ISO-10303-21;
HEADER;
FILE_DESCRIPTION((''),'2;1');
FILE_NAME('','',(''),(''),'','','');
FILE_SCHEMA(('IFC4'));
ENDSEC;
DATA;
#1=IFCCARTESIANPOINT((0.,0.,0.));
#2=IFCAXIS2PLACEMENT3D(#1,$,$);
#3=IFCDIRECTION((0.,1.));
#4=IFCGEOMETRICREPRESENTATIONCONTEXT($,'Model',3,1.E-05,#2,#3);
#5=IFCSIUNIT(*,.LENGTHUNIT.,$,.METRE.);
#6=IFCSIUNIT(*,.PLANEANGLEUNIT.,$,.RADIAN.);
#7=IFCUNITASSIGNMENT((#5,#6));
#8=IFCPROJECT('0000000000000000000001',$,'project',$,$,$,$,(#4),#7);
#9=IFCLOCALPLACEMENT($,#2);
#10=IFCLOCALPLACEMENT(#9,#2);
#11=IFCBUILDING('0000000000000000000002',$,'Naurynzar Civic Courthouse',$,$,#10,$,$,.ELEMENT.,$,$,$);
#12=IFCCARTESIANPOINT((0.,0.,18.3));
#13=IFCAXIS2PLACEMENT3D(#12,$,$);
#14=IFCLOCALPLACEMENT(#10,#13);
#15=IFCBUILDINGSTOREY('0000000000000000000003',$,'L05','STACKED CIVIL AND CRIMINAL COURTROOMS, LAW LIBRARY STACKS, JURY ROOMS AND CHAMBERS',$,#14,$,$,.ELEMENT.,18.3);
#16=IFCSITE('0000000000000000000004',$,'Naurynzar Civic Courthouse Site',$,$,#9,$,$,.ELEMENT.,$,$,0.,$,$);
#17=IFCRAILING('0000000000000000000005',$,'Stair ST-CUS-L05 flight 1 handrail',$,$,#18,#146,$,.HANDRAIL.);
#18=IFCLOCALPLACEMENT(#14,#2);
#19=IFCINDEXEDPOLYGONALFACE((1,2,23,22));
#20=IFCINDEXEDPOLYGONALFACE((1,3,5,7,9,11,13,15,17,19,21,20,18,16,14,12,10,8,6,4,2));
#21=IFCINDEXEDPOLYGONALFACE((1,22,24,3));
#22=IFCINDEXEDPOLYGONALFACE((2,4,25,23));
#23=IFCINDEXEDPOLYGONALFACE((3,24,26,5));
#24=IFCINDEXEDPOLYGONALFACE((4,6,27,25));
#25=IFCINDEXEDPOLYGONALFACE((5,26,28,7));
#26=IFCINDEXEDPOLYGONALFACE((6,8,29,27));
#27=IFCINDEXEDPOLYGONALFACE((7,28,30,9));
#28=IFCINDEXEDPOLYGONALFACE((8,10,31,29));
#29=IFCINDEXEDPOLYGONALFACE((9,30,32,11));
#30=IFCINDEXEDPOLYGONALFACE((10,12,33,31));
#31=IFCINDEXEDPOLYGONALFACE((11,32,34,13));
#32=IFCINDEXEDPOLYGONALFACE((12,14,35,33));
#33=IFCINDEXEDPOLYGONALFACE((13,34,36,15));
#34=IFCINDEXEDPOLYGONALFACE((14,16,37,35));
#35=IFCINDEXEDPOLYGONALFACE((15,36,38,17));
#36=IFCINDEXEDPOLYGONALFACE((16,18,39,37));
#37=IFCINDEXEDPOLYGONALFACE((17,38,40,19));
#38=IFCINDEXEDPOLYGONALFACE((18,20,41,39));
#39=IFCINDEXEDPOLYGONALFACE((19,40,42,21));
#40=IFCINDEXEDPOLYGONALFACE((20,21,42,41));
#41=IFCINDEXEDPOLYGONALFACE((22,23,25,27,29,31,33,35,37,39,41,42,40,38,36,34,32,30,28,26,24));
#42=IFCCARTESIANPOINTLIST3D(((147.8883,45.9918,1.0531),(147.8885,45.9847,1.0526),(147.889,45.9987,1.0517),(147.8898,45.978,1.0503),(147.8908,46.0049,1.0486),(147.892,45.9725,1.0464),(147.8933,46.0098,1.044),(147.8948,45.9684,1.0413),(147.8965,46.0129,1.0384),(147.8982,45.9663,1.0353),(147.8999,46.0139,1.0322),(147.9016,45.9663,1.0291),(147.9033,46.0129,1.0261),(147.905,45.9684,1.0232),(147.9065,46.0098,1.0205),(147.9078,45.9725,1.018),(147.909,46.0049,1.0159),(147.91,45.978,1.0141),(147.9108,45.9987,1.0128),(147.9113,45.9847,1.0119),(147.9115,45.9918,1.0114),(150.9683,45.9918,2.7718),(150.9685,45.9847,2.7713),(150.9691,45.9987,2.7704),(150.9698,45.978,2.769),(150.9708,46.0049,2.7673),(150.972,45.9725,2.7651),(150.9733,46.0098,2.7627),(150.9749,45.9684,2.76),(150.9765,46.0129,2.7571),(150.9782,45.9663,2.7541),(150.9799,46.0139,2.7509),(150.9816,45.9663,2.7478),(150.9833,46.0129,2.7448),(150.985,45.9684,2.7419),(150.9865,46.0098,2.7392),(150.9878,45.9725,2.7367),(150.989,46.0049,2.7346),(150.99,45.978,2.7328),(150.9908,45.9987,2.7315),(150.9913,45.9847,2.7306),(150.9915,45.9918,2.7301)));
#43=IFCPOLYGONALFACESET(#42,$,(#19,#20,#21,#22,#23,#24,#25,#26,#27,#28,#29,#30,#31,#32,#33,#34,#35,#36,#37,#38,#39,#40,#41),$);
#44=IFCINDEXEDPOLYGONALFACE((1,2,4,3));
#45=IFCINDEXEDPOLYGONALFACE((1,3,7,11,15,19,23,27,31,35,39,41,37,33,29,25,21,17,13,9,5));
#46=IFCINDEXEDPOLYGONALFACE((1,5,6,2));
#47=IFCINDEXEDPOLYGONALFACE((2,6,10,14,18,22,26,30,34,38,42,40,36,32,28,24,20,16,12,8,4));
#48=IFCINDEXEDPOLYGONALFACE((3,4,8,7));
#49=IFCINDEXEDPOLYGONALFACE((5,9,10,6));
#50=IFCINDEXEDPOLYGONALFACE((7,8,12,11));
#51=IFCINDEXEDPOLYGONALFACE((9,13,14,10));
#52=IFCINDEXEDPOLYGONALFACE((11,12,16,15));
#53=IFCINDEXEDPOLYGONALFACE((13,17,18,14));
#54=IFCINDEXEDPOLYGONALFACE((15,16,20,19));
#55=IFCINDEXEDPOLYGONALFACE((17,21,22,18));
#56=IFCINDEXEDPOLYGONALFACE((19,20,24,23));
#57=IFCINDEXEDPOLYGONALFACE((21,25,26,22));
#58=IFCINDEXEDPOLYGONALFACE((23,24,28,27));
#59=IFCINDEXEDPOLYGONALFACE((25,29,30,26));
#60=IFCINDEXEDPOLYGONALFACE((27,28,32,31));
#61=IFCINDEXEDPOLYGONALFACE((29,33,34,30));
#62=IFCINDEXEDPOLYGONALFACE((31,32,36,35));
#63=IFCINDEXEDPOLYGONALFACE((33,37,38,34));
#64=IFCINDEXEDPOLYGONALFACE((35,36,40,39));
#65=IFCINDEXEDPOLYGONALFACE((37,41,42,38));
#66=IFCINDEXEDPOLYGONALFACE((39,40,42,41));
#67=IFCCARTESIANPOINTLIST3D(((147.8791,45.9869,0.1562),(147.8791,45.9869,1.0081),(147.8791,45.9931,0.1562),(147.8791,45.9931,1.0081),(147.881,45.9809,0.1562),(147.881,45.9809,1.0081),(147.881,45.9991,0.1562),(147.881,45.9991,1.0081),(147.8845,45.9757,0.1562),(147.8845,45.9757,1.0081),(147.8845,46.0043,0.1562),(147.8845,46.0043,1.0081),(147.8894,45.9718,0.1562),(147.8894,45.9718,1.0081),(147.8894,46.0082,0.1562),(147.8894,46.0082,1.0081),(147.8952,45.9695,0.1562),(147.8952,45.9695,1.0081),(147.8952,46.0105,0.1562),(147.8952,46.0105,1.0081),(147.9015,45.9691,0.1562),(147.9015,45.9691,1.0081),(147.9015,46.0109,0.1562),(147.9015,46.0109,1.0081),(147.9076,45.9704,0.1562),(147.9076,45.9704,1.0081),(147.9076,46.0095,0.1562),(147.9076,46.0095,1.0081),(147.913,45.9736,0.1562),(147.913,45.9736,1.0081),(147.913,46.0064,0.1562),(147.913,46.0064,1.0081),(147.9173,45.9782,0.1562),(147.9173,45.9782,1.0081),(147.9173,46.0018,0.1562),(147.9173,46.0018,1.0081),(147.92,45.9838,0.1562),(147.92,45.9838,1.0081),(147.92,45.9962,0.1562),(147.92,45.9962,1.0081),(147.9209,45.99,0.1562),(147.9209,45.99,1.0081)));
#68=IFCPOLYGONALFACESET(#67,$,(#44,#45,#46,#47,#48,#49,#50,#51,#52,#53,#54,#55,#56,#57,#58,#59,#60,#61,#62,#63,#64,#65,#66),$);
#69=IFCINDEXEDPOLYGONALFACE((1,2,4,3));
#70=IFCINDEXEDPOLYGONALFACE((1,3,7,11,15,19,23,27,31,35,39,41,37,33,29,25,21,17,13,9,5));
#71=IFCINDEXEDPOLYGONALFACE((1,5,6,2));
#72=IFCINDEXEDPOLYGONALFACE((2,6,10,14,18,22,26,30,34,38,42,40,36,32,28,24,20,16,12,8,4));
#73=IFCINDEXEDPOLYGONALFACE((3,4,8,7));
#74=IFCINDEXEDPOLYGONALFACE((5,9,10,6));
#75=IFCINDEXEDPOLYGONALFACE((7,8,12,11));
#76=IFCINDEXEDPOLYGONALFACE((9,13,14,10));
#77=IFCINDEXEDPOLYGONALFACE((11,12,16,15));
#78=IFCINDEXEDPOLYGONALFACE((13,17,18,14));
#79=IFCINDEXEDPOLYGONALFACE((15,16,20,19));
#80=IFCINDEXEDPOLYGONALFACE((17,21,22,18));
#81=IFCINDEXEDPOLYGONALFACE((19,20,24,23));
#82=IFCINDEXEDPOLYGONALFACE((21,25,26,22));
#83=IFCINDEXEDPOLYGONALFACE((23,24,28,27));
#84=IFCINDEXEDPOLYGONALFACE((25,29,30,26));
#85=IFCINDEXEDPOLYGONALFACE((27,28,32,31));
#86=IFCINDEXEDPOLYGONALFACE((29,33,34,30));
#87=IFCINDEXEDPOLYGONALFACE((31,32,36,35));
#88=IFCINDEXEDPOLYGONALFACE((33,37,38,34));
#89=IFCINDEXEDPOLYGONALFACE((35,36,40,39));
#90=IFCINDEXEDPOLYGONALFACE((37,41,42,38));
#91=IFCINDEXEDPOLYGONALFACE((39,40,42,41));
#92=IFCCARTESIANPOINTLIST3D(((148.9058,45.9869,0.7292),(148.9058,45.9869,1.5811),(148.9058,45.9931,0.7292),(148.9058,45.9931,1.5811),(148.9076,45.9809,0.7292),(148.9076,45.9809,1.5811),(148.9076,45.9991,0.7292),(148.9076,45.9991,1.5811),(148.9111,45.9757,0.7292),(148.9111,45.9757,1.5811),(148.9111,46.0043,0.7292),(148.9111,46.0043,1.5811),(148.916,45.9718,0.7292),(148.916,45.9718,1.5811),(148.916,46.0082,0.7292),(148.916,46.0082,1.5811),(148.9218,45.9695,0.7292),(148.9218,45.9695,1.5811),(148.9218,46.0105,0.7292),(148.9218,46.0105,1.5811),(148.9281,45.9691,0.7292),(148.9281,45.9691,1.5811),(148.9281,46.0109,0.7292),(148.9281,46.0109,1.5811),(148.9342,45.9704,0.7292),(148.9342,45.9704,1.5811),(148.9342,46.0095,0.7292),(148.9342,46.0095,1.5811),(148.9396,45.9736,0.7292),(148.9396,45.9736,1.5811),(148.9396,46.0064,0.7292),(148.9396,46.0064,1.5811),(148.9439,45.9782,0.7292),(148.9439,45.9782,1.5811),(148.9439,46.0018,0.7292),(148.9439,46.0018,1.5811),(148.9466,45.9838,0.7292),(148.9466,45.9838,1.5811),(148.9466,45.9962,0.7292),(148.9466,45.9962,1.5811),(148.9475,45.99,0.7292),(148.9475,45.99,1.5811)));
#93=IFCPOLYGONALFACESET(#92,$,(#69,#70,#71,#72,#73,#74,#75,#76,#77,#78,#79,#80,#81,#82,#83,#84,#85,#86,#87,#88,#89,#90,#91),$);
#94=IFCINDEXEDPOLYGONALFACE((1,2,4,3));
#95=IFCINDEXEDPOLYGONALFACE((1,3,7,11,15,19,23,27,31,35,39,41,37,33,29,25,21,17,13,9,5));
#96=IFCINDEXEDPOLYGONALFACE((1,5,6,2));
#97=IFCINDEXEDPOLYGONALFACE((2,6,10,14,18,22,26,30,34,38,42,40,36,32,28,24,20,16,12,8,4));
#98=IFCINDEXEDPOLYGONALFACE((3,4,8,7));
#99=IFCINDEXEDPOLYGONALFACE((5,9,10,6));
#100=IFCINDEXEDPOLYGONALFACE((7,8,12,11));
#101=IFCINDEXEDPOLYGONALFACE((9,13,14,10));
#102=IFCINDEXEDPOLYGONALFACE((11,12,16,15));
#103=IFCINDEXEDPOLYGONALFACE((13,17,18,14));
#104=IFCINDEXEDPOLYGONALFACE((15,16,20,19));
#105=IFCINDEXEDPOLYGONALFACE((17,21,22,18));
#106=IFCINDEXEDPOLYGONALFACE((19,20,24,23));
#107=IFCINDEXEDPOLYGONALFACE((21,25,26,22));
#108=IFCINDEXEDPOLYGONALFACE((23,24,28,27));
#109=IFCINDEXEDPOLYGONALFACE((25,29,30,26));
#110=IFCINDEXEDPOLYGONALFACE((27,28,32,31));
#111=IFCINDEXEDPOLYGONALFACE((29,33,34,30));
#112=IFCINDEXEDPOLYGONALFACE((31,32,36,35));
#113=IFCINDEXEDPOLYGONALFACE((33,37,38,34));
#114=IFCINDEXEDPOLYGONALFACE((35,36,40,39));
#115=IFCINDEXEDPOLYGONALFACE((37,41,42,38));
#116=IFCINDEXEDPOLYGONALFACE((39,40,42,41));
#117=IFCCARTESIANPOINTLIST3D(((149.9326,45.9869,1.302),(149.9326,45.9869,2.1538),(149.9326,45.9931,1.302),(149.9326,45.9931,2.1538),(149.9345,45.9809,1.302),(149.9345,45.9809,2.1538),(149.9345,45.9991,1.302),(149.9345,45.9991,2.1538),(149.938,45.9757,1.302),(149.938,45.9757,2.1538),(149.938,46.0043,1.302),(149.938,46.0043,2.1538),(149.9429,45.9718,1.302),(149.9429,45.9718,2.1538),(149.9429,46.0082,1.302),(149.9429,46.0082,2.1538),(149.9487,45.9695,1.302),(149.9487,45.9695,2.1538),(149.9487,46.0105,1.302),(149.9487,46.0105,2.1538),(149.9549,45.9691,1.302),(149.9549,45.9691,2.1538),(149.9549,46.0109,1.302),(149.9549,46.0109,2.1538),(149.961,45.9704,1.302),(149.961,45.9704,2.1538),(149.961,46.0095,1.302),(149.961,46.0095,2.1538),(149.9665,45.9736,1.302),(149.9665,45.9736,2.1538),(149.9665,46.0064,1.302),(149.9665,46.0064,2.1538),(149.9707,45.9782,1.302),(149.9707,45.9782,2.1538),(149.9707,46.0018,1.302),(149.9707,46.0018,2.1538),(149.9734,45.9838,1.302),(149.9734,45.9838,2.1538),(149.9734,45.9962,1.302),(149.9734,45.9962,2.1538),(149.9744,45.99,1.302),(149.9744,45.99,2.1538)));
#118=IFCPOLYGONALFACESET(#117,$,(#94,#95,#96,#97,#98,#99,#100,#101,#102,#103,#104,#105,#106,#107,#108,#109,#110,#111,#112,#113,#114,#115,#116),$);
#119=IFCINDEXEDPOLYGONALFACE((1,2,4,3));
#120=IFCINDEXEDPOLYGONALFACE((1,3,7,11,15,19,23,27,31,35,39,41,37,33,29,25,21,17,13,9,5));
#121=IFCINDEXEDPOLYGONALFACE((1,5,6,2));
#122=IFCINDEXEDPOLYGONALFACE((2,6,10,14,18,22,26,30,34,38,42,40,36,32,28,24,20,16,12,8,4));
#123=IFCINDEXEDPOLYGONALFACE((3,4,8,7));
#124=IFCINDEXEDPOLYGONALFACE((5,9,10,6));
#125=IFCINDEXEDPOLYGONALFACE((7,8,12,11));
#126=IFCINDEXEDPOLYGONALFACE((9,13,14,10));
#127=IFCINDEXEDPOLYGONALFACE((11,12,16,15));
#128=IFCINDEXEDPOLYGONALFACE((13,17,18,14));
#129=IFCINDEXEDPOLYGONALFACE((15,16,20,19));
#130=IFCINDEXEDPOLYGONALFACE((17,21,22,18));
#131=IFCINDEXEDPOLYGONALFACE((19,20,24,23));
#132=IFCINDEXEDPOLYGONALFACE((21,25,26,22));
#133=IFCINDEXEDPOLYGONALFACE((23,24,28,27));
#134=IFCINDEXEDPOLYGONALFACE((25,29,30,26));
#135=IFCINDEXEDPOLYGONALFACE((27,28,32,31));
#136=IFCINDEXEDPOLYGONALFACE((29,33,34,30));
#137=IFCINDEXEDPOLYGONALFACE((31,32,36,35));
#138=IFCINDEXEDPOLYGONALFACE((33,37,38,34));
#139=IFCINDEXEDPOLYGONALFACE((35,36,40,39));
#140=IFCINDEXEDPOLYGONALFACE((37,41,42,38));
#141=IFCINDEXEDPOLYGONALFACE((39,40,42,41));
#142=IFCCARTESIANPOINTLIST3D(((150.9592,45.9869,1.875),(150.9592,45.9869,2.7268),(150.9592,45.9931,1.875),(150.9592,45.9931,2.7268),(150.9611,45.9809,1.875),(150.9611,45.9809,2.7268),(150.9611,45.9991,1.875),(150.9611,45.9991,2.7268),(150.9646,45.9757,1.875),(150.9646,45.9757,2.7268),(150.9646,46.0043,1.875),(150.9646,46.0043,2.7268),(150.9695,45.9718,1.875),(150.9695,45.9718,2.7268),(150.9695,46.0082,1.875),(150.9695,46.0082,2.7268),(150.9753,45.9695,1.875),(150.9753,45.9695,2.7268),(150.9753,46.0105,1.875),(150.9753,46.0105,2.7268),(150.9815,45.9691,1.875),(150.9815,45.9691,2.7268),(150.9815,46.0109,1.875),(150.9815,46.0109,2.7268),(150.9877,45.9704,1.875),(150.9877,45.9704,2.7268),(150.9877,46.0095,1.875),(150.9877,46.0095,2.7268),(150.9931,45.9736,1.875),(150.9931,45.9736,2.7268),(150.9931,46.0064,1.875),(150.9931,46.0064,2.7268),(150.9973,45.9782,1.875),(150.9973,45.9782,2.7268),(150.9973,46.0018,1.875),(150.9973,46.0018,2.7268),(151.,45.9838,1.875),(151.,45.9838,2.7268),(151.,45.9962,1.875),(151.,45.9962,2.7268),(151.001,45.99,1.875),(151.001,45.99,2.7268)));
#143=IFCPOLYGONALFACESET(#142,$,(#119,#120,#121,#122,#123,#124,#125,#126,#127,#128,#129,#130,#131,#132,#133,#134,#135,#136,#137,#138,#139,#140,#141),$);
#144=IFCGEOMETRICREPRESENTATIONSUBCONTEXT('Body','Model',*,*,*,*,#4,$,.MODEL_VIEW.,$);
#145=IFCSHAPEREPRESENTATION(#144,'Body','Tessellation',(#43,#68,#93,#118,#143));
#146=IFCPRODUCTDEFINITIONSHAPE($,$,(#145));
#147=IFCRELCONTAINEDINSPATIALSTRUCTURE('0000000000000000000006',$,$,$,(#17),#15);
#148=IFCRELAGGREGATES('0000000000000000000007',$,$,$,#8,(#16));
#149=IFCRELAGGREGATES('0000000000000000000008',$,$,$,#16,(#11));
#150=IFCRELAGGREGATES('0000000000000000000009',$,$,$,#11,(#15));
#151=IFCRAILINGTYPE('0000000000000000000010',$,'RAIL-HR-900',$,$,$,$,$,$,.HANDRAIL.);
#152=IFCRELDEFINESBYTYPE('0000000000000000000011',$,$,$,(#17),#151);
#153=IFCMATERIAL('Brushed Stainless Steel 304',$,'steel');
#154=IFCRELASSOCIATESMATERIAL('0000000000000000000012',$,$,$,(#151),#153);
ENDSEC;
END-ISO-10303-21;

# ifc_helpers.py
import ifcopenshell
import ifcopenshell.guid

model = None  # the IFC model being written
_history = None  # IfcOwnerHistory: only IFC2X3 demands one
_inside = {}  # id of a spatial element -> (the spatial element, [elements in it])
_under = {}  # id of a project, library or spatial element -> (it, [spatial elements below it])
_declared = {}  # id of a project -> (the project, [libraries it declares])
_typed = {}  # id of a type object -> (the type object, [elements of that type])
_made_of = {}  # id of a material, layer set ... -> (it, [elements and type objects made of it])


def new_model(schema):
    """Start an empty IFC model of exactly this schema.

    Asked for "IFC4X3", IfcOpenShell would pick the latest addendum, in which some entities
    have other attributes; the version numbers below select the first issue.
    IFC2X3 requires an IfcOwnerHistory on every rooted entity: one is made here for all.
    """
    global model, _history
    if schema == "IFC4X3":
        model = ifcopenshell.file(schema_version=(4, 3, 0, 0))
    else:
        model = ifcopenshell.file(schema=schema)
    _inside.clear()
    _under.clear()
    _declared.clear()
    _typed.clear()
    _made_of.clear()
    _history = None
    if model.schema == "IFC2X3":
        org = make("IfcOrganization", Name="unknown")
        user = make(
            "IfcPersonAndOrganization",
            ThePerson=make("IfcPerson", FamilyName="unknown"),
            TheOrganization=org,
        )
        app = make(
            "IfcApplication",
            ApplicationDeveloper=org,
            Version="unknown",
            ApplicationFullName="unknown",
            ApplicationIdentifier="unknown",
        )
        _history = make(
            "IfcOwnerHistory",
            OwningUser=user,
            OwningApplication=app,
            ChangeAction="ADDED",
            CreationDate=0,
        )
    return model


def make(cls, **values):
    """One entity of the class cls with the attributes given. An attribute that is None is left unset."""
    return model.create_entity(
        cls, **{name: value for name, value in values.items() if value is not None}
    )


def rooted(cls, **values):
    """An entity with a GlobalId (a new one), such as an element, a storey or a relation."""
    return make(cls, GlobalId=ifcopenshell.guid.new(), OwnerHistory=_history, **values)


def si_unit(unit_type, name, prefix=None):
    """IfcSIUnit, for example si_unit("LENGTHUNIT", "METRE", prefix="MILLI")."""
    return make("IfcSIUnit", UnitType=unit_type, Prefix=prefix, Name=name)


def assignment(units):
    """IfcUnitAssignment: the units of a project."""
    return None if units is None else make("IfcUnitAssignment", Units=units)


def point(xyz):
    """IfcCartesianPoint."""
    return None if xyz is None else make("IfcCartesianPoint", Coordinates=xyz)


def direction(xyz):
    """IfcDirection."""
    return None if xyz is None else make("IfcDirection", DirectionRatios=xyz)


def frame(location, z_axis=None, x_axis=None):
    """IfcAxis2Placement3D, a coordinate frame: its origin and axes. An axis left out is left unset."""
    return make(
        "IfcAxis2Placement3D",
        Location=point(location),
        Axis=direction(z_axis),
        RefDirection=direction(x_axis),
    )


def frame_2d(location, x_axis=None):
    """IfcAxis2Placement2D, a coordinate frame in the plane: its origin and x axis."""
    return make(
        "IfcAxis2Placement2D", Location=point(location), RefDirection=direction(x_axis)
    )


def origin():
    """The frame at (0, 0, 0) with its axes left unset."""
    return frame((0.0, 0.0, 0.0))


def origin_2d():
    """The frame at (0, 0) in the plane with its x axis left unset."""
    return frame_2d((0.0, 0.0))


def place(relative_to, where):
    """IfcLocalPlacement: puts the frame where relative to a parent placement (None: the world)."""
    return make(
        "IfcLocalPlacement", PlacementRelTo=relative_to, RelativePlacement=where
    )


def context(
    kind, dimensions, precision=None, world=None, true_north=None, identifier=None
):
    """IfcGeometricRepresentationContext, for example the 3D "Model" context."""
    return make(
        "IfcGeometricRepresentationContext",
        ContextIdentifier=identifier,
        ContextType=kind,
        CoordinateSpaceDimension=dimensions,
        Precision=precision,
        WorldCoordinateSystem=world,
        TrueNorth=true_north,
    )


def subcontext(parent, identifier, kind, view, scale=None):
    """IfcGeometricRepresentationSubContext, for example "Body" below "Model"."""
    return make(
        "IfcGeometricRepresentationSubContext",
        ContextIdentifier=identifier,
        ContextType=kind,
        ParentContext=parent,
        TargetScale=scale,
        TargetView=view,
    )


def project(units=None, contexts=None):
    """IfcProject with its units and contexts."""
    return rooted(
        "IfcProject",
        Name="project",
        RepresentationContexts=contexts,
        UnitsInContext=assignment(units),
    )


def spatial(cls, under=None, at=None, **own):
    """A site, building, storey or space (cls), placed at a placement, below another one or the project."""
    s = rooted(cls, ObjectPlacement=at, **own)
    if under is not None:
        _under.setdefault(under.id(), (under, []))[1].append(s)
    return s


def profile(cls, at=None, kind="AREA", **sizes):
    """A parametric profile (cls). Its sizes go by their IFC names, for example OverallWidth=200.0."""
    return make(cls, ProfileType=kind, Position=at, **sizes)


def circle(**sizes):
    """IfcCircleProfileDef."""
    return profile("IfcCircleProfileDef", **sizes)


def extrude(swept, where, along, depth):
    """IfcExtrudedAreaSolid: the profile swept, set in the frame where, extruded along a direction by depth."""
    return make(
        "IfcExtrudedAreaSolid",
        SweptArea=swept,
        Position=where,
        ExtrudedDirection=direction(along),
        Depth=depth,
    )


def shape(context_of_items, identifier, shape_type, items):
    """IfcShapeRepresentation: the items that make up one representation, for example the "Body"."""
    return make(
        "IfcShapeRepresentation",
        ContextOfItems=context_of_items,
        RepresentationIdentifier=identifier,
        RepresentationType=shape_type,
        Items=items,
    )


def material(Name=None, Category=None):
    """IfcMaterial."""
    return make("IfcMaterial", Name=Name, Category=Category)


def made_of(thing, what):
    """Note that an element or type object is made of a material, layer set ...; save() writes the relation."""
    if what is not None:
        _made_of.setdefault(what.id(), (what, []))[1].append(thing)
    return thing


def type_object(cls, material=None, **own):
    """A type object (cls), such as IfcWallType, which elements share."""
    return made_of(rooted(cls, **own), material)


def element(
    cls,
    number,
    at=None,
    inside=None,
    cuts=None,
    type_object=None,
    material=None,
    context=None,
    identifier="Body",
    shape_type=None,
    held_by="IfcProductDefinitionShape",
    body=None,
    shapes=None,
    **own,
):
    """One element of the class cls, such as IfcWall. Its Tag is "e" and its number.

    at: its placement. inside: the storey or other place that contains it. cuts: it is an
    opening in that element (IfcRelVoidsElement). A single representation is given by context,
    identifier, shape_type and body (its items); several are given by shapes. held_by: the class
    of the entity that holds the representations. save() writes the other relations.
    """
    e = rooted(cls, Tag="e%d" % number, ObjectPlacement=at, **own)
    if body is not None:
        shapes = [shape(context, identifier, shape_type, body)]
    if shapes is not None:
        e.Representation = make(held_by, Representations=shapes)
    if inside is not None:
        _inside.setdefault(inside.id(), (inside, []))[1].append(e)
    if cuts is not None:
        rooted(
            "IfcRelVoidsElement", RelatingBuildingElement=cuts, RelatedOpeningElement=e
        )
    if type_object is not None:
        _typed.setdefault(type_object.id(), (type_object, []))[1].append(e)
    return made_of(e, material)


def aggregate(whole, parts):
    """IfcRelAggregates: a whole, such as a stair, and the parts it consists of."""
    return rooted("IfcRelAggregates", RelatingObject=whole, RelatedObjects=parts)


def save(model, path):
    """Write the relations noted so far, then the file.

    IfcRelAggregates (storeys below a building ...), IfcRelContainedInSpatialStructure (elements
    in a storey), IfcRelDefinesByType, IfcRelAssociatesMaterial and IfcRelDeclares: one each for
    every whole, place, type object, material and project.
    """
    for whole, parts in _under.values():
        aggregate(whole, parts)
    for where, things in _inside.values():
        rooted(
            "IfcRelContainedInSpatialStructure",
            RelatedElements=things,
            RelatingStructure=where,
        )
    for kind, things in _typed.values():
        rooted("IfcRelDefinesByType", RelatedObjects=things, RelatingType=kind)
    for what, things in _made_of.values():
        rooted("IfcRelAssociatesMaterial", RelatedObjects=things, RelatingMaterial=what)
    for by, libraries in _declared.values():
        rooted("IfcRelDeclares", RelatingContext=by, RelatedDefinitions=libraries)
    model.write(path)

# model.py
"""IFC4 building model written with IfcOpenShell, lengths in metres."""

from ifc_helpers import new_model, si_unit, direction, frame, origin, origin_2d, place, context, subcontext, project, spatial, circle, extrude, material, type_object, element, save


model = new_model("IFC4")

# Units and contexts
model_context = context("Model", 3, precision=1e-05, world=origin(), true_north=direction((0.0, 1.0)))
body_context = subcontext(model_context, "Body", "Model", "MODEL_VIEW")
ifc_project = project(units=[si_unit("LENGTHUNIT", "METRE"), si_unit("PLANEANGLEUNIT", "RADIAN")], contexts=[model_context])

# Site, building, storey
site_placement = place(None, origin())
site = spatial("IfcSite", under=ifc_project, at=site_placement, Name="Naurynzar Civic Courthouse Site", CompositionType="ELEMENT", RefElevation=0.0)
building_placement = place(site_placement, origin())
building = spatial("IfcBuilding", under=site, at=building_placement, Name="Naurynzar Civic Courthouse", CompositionType="ELEMENT")
storey_placement = place(building_placement, frame((0.0, 0.0, 18.3)))
storey = spatial("IfcBuildingStorey", under=building, at=storey_placement, Name="L05", Description="STACKED CIVIL AND CRIMINAL COURTROOMS, LAW LIBRARY STACKS, JURY ROOMS AND CHAMBERS", CompositionType="ELEMENT", Elevation=18.3)

# Railing
ifc_material_1 = material(Name="Brushed Stainless Steel 304", Category="steel")
railing_type_1 = type_object("IfcRailingType", Name="RAIL-HR-900", PredefinedType="HANDRAIL", material=ifc_material_1)
railing_1_placement = place(storey_placement, frame((147.8999, 45.99, 0.1562)))
element("IfcRailing", 1, at=railing_1_placement, inside=storey, type_object=railing_type_1, Name="Stair ST-CUS-L05 flight 1 handrail", PredefinedType="HANDRAIL", context=body_context, shape_type="SweptSolid", body=[
    extrude(circle(Radius=0.0239, at=origin_2d()), frame((0.0, 0.0, 0.876), z_axis=(0.873242, 0.0, 0.487288), x_axis=(0.0, 1.0, 0.0)), (0.0, 0.0, 1.0), 3.5271),
    extrude(circle(Radius=0.021, at=origin_2d()), origin(), (0.0, 0.0, 1.0), 0.8518),
    extrude(circle(Radius=0.021, at=origin_2d()), frame((1.0266, 0.0, 0.573)), (0.0, 0.0, 1.0), 0.8518),
    extrude(circle(Radius=0.021, at=origin_2d()), frame((2.0535, 0.0, 1.1458)), (0.0, 0.0, 1.0), 0.8518),
    extrude(circle(Radius=0.021, at=origin_2d()), frame((3.0801, 0.0, 1.7188)), (0.0, 0.0, 1.0), 0.8518),
])

save(model, "model.ifc")
